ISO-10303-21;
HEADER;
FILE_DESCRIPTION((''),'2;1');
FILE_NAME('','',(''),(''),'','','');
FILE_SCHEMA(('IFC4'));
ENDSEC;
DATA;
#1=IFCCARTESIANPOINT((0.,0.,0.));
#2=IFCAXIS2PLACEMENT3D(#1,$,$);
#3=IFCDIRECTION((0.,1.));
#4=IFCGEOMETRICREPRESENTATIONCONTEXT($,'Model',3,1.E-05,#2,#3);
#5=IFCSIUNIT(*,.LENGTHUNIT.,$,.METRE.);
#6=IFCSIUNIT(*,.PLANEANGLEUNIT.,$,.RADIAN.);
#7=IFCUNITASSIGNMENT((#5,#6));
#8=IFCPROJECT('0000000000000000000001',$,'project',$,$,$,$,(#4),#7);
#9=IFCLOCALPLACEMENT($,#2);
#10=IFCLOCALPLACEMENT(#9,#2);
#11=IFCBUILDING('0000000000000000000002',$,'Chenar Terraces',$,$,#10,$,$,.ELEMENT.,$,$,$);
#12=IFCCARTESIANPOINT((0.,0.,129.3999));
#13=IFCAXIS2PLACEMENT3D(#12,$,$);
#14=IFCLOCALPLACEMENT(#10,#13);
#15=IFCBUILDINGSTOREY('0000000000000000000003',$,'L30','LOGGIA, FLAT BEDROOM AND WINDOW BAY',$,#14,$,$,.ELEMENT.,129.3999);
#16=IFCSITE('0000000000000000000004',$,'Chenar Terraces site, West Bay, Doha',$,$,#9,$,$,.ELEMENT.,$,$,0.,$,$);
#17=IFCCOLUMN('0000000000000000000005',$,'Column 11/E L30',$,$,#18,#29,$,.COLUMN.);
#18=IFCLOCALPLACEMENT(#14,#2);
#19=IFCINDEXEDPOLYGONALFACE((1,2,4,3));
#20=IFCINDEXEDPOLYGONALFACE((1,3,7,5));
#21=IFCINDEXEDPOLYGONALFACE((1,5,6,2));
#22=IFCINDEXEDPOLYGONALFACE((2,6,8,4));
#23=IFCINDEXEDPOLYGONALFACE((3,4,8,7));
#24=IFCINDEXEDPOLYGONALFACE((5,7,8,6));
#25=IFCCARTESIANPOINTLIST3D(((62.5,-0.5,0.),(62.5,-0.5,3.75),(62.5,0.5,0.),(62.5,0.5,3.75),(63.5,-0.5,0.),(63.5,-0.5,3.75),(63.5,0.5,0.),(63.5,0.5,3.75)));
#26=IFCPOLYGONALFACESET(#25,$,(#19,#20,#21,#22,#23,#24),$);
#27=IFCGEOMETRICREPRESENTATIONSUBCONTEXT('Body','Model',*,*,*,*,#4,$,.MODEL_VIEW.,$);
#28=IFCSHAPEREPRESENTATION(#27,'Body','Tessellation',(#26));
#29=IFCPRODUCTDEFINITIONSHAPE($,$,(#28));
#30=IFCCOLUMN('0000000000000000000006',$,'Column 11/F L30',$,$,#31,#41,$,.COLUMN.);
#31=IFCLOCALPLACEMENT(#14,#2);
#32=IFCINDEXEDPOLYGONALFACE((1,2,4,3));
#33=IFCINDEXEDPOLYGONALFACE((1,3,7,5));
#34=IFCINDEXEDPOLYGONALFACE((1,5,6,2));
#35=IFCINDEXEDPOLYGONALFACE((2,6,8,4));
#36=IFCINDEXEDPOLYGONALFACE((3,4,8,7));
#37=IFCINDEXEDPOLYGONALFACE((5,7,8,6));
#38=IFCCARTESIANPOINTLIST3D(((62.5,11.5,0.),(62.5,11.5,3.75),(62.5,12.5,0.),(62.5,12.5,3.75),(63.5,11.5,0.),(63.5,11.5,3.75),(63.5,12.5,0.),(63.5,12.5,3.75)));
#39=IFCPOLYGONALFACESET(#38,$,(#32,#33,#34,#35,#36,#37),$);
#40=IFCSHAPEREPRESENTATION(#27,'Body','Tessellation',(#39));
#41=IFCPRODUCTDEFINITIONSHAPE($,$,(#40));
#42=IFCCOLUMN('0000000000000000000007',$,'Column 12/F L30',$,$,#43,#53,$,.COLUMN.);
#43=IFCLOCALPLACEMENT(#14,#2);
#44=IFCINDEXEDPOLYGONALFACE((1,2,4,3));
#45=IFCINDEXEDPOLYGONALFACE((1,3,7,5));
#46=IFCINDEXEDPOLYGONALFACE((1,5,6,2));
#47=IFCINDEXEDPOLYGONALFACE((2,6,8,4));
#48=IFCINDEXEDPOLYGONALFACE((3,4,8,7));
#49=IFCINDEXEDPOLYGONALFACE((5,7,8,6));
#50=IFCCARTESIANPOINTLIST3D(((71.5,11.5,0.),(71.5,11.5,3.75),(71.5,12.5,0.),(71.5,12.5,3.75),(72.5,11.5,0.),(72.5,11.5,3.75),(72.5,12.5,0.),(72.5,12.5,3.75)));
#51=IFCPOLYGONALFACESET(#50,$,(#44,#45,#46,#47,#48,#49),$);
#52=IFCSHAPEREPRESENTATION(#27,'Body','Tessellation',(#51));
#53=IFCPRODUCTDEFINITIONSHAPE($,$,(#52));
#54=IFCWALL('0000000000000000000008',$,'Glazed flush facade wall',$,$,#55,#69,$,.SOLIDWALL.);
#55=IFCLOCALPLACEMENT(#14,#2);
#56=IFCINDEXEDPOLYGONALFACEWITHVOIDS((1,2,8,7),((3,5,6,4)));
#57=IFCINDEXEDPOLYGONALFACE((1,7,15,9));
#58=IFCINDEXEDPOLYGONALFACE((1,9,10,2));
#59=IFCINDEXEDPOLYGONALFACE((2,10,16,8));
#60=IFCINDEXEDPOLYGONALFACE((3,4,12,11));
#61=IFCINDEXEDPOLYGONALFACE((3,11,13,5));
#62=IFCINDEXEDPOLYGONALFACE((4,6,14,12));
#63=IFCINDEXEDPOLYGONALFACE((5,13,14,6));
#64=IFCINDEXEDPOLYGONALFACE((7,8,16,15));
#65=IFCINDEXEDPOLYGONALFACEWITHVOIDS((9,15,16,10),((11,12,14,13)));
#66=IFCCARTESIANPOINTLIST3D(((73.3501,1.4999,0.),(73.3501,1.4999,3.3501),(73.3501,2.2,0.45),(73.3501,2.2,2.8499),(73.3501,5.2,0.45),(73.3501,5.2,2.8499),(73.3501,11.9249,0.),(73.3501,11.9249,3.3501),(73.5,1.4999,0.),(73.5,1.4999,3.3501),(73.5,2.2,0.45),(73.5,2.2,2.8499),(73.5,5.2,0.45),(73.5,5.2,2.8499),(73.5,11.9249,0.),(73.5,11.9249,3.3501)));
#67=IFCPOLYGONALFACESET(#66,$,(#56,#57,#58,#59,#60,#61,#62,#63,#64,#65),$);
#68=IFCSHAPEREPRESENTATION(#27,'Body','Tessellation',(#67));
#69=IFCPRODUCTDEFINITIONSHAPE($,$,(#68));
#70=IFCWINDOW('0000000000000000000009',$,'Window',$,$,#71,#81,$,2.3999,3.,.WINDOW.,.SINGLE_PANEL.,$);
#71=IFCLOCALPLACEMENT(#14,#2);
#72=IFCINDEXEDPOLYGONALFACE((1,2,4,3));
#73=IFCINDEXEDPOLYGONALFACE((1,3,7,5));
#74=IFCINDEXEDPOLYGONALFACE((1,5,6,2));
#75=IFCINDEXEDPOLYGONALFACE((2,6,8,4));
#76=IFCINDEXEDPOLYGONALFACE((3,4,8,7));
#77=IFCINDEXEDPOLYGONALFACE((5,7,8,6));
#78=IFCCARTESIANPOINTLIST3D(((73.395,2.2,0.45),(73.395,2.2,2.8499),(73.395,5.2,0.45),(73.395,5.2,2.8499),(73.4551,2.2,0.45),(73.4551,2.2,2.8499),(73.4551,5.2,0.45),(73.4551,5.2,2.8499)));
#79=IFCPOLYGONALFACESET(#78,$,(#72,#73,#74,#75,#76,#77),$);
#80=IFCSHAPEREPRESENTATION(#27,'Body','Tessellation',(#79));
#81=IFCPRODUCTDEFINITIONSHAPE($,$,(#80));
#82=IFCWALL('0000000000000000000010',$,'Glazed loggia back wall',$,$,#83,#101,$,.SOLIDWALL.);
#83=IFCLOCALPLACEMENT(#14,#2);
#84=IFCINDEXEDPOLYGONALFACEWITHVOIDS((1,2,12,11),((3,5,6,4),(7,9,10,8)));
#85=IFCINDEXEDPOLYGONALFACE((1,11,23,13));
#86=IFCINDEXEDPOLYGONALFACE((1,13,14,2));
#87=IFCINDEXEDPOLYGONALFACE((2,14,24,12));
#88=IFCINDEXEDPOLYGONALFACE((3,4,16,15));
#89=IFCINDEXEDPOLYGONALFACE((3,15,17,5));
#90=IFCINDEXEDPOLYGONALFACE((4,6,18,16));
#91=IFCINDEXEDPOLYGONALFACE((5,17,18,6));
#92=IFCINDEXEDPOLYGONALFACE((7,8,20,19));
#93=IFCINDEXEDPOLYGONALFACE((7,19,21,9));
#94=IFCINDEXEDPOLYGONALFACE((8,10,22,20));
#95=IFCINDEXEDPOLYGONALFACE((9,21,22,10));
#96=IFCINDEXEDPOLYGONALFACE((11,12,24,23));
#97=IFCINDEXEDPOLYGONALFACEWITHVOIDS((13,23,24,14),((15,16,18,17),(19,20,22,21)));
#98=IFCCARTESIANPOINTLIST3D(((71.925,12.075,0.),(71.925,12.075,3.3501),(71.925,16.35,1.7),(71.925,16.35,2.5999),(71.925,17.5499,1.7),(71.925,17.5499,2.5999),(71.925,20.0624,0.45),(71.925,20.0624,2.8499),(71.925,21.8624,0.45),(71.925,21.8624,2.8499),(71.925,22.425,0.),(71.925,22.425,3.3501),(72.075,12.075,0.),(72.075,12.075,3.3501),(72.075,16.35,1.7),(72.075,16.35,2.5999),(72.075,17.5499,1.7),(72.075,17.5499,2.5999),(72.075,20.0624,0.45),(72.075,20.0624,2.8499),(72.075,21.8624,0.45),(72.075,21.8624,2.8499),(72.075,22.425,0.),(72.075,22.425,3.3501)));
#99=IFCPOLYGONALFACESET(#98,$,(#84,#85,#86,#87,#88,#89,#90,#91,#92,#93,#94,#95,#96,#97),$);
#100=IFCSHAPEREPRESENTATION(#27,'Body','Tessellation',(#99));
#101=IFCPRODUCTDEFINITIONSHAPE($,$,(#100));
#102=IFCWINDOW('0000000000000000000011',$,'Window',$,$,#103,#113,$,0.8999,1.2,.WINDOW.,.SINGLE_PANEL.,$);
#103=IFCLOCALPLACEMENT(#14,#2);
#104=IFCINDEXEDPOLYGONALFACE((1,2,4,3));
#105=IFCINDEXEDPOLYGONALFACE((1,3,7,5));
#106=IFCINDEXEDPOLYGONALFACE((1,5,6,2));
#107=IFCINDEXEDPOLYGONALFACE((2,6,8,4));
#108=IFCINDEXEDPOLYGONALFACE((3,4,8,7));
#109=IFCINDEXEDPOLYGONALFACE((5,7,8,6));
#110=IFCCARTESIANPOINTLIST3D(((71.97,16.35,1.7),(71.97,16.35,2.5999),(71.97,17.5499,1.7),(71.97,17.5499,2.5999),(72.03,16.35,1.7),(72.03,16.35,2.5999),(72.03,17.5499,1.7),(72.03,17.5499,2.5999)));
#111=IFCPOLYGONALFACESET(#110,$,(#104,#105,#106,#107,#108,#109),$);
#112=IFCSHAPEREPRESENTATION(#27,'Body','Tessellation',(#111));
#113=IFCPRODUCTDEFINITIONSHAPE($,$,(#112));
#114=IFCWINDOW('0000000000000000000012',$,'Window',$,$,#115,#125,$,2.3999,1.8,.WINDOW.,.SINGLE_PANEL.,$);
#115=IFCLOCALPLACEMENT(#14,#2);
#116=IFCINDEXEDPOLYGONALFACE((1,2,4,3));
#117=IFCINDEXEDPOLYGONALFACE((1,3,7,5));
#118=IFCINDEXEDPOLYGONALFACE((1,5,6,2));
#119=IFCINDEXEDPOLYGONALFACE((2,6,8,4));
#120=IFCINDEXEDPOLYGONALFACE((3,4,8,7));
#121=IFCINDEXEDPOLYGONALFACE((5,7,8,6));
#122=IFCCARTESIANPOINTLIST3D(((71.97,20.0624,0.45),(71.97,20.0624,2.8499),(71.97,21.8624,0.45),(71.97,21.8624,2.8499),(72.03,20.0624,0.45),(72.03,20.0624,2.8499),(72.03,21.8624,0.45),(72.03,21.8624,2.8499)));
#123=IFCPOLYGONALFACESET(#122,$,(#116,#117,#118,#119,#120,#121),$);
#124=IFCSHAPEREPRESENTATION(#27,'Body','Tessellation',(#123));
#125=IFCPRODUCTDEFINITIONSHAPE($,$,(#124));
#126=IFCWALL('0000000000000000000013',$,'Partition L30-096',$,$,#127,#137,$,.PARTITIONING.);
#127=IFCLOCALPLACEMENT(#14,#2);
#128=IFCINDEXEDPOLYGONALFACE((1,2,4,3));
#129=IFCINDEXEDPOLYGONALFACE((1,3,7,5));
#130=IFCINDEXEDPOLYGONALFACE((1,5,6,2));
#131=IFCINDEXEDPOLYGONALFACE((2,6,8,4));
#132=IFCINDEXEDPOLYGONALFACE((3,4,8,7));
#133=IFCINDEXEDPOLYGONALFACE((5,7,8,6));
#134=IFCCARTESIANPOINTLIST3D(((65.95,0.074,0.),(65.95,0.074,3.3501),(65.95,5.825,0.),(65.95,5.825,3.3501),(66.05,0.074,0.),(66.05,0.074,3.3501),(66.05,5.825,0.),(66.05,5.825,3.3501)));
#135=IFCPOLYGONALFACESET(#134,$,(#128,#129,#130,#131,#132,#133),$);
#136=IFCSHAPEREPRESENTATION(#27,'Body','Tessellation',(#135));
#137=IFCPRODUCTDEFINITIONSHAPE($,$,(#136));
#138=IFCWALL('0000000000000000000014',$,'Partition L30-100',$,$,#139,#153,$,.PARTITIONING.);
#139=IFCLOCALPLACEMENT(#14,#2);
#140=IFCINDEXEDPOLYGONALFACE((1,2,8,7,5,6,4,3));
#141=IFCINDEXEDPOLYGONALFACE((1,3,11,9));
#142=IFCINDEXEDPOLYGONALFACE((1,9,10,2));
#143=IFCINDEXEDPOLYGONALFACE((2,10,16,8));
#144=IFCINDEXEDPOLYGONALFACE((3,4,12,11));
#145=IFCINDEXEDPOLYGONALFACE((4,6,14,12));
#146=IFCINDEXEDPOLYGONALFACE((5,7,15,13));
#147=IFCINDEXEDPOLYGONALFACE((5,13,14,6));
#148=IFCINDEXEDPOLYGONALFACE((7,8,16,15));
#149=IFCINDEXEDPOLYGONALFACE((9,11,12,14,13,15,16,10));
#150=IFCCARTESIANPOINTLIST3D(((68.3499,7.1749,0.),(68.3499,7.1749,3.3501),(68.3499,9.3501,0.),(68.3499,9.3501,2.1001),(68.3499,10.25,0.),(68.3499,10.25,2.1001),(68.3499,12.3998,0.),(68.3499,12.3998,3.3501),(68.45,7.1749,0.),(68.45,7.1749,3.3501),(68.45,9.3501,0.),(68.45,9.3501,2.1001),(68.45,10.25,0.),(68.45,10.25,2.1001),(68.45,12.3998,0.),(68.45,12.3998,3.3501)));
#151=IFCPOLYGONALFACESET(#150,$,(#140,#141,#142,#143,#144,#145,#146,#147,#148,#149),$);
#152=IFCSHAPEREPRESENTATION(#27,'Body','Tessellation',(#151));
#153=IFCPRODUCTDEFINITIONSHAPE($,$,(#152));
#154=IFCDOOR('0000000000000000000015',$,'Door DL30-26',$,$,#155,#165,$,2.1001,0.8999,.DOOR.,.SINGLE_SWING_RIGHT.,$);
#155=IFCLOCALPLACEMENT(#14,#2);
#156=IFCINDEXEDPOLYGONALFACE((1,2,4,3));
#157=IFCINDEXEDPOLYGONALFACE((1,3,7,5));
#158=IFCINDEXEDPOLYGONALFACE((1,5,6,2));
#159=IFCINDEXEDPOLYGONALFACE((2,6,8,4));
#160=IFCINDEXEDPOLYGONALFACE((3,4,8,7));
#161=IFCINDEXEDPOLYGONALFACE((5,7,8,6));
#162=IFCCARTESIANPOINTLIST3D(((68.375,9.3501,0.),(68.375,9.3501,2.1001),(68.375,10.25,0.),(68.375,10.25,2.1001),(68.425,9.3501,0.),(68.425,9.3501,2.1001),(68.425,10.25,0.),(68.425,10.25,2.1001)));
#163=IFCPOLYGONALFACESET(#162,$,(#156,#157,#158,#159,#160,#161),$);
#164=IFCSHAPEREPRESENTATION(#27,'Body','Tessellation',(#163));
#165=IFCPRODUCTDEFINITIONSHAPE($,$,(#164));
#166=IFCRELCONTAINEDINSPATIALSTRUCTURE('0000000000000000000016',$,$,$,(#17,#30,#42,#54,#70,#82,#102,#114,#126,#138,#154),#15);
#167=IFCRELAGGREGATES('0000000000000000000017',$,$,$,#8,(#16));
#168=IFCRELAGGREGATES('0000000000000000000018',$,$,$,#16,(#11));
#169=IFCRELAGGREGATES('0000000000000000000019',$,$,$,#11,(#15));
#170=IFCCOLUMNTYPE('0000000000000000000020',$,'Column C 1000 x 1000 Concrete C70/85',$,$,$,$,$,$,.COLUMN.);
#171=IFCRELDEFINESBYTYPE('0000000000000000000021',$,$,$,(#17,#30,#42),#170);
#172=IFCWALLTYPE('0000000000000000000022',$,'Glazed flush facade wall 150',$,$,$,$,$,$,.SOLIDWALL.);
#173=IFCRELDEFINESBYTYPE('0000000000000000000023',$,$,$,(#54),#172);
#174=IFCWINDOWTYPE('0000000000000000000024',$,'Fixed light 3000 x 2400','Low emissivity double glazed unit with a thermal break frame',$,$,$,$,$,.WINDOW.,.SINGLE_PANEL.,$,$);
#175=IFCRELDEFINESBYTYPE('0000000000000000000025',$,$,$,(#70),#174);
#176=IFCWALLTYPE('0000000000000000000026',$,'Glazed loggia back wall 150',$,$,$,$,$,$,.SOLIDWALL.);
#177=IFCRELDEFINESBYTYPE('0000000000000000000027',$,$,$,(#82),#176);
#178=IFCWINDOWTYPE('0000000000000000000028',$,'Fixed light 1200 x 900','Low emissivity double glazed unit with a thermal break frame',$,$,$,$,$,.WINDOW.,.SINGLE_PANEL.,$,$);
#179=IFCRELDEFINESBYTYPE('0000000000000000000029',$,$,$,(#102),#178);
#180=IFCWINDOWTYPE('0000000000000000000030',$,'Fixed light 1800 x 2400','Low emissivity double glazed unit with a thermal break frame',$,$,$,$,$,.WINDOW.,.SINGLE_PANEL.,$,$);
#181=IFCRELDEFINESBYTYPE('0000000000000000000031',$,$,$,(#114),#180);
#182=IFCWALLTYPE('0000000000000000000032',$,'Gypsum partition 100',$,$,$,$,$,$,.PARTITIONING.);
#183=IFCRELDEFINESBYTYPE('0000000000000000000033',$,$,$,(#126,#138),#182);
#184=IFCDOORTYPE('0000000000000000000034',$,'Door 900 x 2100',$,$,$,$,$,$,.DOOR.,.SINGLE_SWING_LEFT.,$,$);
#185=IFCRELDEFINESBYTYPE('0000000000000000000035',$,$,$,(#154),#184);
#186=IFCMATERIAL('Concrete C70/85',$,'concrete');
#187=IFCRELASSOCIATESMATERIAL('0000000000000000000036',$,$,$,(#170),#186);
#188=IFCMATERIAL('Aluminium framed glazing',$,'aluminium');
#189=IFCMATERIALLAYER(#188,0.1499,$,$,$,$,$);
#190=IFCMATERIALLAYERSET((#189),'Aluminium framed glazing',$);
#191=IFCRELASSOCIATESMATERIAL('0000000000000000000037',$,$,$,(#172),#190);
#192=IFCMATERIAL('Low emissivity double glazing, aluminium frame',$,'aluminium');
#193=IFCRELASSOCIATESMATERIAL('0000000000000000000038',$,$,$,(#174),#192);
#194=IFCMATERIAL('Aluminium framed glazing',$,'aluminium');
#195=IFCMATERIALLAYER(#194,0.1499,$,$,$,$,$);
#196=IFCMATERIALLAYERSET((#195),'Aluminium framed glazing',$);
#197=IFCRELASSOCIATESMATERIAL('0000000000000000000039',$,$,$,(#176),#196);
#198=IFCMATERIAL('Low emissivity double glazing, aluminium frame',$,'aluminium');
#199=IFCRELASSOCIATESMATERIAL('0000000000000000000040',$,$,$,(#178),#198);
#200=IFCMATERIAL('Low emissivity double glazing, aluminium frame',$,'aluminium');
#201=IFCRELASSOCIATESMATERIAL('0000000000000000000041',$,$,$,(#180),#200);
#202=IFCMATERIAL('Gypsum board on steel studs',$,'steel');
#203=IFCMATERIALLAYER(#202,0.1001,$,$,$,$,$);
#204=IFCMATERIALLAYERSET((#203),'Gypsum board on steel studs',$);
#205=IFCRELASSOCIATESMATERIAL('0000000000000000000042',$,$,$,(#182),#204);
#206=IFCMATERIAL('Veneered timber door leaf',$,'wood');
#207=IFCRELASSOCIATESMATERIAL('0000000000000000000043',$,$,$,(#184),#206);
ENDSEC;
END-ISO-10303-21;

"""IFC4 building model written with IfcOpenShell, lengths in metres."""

from ifc_helpers import new_model, si_unit, direction, frame, frame_2d, origin, origin_2d, place, context, subcontext, project, spatial, rectangle, extrude, material, layer, layer_set, material_profile, profile_set, type_object, element, fill, save


model = new_model("IFC4")

# Units and contexts
model_context = context("Model", 3, precision=1e-05, world=origin(), true_north=direction((0.0, 1.0)))
body_context = subcontext(model_context, "Body", "Model", "MODEL_VIEW")
ifc_project = project(units=[si_unit("LENGTHUNIT", "METRE"), si_unit("PLANEANGLEUNIT", "RADIAN")], contexts=[model_context])

# Site, building, storey
site_placement = place(None, origin())
site = spatial("IfcSite", under=ifc_project, at=site_placement, Name="Chenar Terraces site, West Bay, Doha", CompositionType="ELEMENT", RefElevation=0.0)
building_placement = place(site_placement, origin())
building = spatial("IfcBuilding", under=site, at=building_placement, Name="Chenar Terraces", CompositionType="ELEMENT")
storey_placement = place(building_placement, frame((0.0, 0.0, 129.3999)))
storey = spatial("IfcBuildingStorey", under=building, at=storey_placement, Name="L30", Description="LOGGIA, FLAT BEDROOM AND WINDOW BAY", CompositionType="ELEMENT", Elevation=129.3999)

# Columns
ifc_material_1 = material(Name="Concrete C70/85", Category="concrete")
ifc_material_profile_1 = material_profile(ifc_material_1, rectangle(XDim=1.0, YDim=1.0, at=origin_2d()), Name="C 1000 x 1000")
ifc_profile_set_1 = profile_set([ifc_material_profile_1], Name="Concrete C70/85")
column_type = type_object("IfcColumnType", Name="Column C 1000 x 1000 Concrete C70/85", PredefinedType="COLUMN", material=ifc_profile_set_1)
for number, where, z_axis, x_axis, name in (
    (1, (63.0, 0.0, 0.0), (0.0, 0.0, 1.0), (1.0, 0.0, 0.0), "Column 11/E L30"),
    (2, (63.0, 12.0, 0.0), (0.0, 0.0, 1.0), (1.0, 0.0, 0.0), "Column 11/F L30"),
    (3, (72.0, 12.0, 0.0), (0.0, 0.0, 1.0), (1.0, 0.0, 0.0), "Column 12/F L30"),
):
    element("IfcColumn", number, at=place(storey_placement, frame(where, z_axis=z_axis, x_axis=x_axis)), inside=storey, type_object=column_type, Name=name, PredefinedType="COLUMN", context=body_context, shape_type="SweptSolid", body=[
        extrude(rectangle(XDim=1.0, YDim=1.0, at=origin_2d()), origin(), (0.0, 0.0, 1.0), 3.75),
    ])

# Wall, opening, window
ifc_material_2 = material(Name="Aluminium framed glazing", Category="aluminium")
ifc_layer_1 = layer(ifc_material_2, 0.1499)
ifc_layer_set_1 = layer_set([ifc_layer_1], Name="Aluminium framed glazing")
wall_type_1 = type_object("IfcWallType", Name="Glazed flush facade wall 150", PredefinedType="SOLIDWALL", material=ifc_layer_set_1)
wall_1_placement = place(storey_placement, frame((73.425, 1.5, 0.0), z_axis=(0.0, 0.0, 1.0), x_axis=(0.0, 1.0, 0.0)))
wall_1 = element("IfcWall", 4, at=wall_1_placement, inside=storey, type_object=wall_type_1, Name="Glazed flush facade wall", PredefinedType="SOLIDWALL", context=body_context, shape_type="SweptSolid", body=[
    extrude(rectangle(XDim=10.425, YDim=0.1499, at=frame_2d((5.2124, 0.0))), origin(), (0.0, 0.0, 1.0), 3.3501),
])
opening_1_placement = place(wall_1_placement, frame((0.7, 0.0, 0.45)))
opening_1 = element("IfcOpeningElement", 5, at=opening_1_placement, cuts=wall_1, PredefinedType="OPENING", context=body_context, shape_type="SweptSolid", body=[
    extrude(rectangle(XDim=3.0, YDim=2.3999, at=frame_2d((1.5, 1.2))), frame((0.0, 0.085, 0.0), z_axis=(0.0, -1.0, 0.0), x_axis=(1.0, 0.0, 0.0)), (0.0, 0.0, 1.0), 0.1699),
])
ifc_material_3 = material(Name="Low emissivity double glazing, aluminium frame", Category="aluminium")
window_type_1 = type_object("IfcWindowType", Name="Fixed light 3000 x 2400", Description="Low emissivity double glazed unit with a thermal break frame", PartitioningType="SINGLE_PANEL", PredefinedType="WINDOW", material=ifc_material_3)
window_1_placement = place(opening_1_placement, origin())
window_1 = element("IfcWindow", 6, at=window_1_placement, inside=storey, type_object=window_type_1, Name="Window", OverallHeight=2.3999, OverallWidth=3.0, PartitioningType="SINGLE_PANEL", PredefinedType="WINDOW", context=body_context, shape_type="SweptSolid", body=[
    extrude(rectangle(XDim=3.0, YDim=2.3999, at=frame_2d((1.5, 1.2))), frame((0.0, 0.03, 0.0), z_axis=(0.0, -1.0, 0.0), x_axis=(1.0, 0.0, 0.0)), (0.0, 0.0, 1.0), 0.0601),
])
fill(opening_1, window_1)

# Wall, openings, windows
ifc_material_4 = material(Name="Aluminium framed glazing", Category="aluminium")
ifc_layer_2 = layer(ifc_material_4, 0.1499)
ifc_layer_set_2 = layer_set([ifc_layer_2], Name="Aluminium framed glazing")
wall_type_2 = type_object("IfcWallType", Name="Glazed loggia back wall 150", PredefinedType="SOLIDWALL", material=ifc_layer_set_2)
wall_2_placement = place(storey_placement, frame((72.0, 12.075, 0.0), z_axis=(0.0, 0.0, 1.0), x_axis=(0.0, 1.0, 0.0)))
wall_2 = element("IfcWall", 7, at=wall_2_placement, inside=storey, type_object=wall_type_2, Name="Glazed loggia back wall", PredefinedType="SOLIDWALL", context=body_context, shape_type="SweptSolid", body=[
    extrude(rectangle(XDim=10.3501, YDim=0.1499, at=frame_2d((5.175, 0.0))), origin(), (0.0, 0.0, 1.0), 3.3501),
])
opening_2_placement = place(wall_2_placement, frame((4.2749, 0.0, 1.7)))
opening_2 = element("IfcOpeningElement", 8, at=opening_2_placement, cuts=wall_2, PredefinedType="OPENING", context=body_context, shape_type="SweptSolid", body=[
    extrude(rectangle(XDim=1.2, YDim=0.8999, at=frame_2d((0.6001, 0.45))), frame((0.0, 0.085, 0.0), z_axis=(0.0, -1.0, 0.0), x_axis=(1.0, 0.0, 0.0)), (0.0, 0.0, 1.0), 0.1699),
])
opening_3_placement = place(wall_2_placement, frame((7.9875, 0.0, 0.45)))
opening_3 = element("IfcOpeningElement", 9, at=opening_3_placement, cuts=wall_2, PredefinedType="OPENING", context=body_context, shape_type="SweptSolid", body=[
    extrude(rectangle(XDim=1.8, YDim=2.3999, at=frame_2d((0.8999, 1.2))), frame((0.0, 0.085, 0.0), z_axis=(0.0, -1.0, 0.0), x_axis=(1.0, 0.0, 0.0)), (0.0, 0.0, 1.0), 0.1699),
])
ifc_material_5 = material(Name="Low emissivity double glazing, aluminium frame", Category="aluminium")
window_type_2 = type_object("IfcWindowType", Name="Fixed light 1200 x 900", Description="Low emissivity double glazed unit with a thermal break frame", PartitioningType="SINGLE_PANEL", PredefinedType="WINDOW", material=ifc_material_5)
window_2_placement = place(opening_2_placement, origin())
window_2 = element("IfcWindow", 10, at=window_2_placement, inside=storey, type_object=window_type_2, Name="Window", OverallHeight=0.8999, OverallWidth=1.2, PartitioningType="SINGLE_PANEL", PredefinedType="WINDOW", context=body_context, shape_type="SweptSolid", body=[
    extrude(rectangle(XDim=1.2, YDim=0.8999, at=frame_2d((0.6001, 0.45))), frame((0.0, 0.03, 0.0), z_axis=(0.0, -1.0, 0.0), x_axis=(1.0, 0.0, 0.0)), (0.0, 0.0, 1.0), 0.0601),
])
fill(opening_2, window_2)
ifc_material_6 = material(Name="Low emissivity double glazing, aluminium frame", Category="aluminium")
window_type_3 = type_object("IfcWindowType", Name="Fixed light 1800 x 2400", Description="Low emissivity double glazed unit with a thermal break frame", PartitioningType="SINGLE_PANEL", PredefinedType="WINDOW", material=ifc_material_6)
window_3_placement = place(opening_3_placement, origin())
window_3 = element("IfcWindow", 11, at=window_3_placement, inside=storey, type_object=window_type_3, Name="Window", OverallHeight=2.3999, OverallWidth=1.8, PartitioningType="SINGLE_PANEL", PredefinedType="WINDOW", context=body_context, shape_type="SweptSolid", body=[
    extrude(rectangle(XDim=1.8, YDim=2.3999, at=frame_2d((0.8999, 1.2))), frame((0.0, 0.03, 0.0), z_axis=(0.0, -1.0, 0.0), x_axis=(1.0, 0.0, 0.0)), (0.0, 0.0, 1.0), 0.0601),
])
fill(opening_3, window_3)

# Wall
ifc_material_7 = material(Name="Gypsum board on steel studs", Category="steel")
ifc_layer_3 = layer(ifc_material_7, 0.1001)
ifc_layer_set_3 = layer_set([ifc_layer_3], Name="Gypsum board on steel studs")
wall_type_3 = type_object("IfcWallType", Name="Gypsum partition 100", PredefinedType="PARTITIONING", material=ifc_layer_set_3)
wall_3_placement = place(storey_placement, frame((66.0, 0.074, 0.0), z_axis=(0.0, 0.0, 1.0), x_axis=(0.0, 1.0, 0.0)))
element("IfcWall", 12, at=wall_3_placement, inside=storey, type_object=wall_type_3, Name="Partition L30-096", PredefinedType="PARTITIONING", context=body_context, shape_type="SweptSolid", body=[
    extrude(rectangle(XDim=5.751, YDim=0.1001, at=frame_2d((2.8755, 0.0))), origin(), (0.0, 0.0, 1.0), 3.3501),
])

# Wall, opening, door
wall_4_placement = place(storey_placement, frame((68.3999, 7.175, 0.0), z_axis=(0.0, 0.0, 1.0), x_axis=(0.0, 1.0, 0.0)))
wall_4 = element("IfcWall", 13, at=wall_4_placement, inside=storey, type_object=wall_type_3, Name="Partition L30-100", PredefinedType="PARTITIONING", context=body_context, shape_type="SweptSolid", body=[
    extrude(rectangle(XDim=5.2249, YDim=0.1001, at=frame_2d((2.6123, 0.0))), origin(), (0.0, 0.0, 1.0), 3.3501),
])
opening_4_placement = place(wall_4_placement, frame((2.175, 0.0, 0.0)))
opening_4 = element("IfcOpeningElement", 14, at=opening_4_placement, cuts=wall_4, PredefinedType="OPENING", context=body_context, shape_type="SweptSolid", body=[
    extrude(rectangle(XDim=0.8999, YDim=2.1001, at=frame_2d((0.45, 1.05))), frame((0.0, 0.0601, 0.0), z_axis=(0.0, -1.0, 0.0), x_axis=(1.0, 0.0, 0.0)), (0.0, 0.0, 1.0), 0.1201),
])
ifc_material_8 = material(Name="Veneered timber door leaf", Category="wood")
door_type_1 = type_object("IfcDoorType", Name="Door 900 x 2100", OperationType="SINGLE_SWING_LEFT", PredefinedType="DOOR", material=ifc_material_8)
door_1_placement = place(opening_4_placement, origin())
door_1 = element("IfcDoor", 15, at=door_1_placement, inside=storey, type_object=door_type_1, Name="Door DL30-26", OperationType="SINGLE_SWING_RIGHT", OverallHeight=2.1001, OverallWidth=0.8999, PredefinedType="DOOR", context=body_context, shape_type="SweptSolid", body=[
    extrude(rectangle(XDim=0.8999, YDim=2.1001, at=frame_2d((0.45, 1.05))), frame((0.0, 0.0249, 0.0), z_axis=(0.0, -1.0, 0.0), x_axis=(1.0, 0.0, 0.0)), (0.0, 0.0, 1.0), 0.05),
])
fill(opening_4, door_1)

save(model, "model.ifc")
